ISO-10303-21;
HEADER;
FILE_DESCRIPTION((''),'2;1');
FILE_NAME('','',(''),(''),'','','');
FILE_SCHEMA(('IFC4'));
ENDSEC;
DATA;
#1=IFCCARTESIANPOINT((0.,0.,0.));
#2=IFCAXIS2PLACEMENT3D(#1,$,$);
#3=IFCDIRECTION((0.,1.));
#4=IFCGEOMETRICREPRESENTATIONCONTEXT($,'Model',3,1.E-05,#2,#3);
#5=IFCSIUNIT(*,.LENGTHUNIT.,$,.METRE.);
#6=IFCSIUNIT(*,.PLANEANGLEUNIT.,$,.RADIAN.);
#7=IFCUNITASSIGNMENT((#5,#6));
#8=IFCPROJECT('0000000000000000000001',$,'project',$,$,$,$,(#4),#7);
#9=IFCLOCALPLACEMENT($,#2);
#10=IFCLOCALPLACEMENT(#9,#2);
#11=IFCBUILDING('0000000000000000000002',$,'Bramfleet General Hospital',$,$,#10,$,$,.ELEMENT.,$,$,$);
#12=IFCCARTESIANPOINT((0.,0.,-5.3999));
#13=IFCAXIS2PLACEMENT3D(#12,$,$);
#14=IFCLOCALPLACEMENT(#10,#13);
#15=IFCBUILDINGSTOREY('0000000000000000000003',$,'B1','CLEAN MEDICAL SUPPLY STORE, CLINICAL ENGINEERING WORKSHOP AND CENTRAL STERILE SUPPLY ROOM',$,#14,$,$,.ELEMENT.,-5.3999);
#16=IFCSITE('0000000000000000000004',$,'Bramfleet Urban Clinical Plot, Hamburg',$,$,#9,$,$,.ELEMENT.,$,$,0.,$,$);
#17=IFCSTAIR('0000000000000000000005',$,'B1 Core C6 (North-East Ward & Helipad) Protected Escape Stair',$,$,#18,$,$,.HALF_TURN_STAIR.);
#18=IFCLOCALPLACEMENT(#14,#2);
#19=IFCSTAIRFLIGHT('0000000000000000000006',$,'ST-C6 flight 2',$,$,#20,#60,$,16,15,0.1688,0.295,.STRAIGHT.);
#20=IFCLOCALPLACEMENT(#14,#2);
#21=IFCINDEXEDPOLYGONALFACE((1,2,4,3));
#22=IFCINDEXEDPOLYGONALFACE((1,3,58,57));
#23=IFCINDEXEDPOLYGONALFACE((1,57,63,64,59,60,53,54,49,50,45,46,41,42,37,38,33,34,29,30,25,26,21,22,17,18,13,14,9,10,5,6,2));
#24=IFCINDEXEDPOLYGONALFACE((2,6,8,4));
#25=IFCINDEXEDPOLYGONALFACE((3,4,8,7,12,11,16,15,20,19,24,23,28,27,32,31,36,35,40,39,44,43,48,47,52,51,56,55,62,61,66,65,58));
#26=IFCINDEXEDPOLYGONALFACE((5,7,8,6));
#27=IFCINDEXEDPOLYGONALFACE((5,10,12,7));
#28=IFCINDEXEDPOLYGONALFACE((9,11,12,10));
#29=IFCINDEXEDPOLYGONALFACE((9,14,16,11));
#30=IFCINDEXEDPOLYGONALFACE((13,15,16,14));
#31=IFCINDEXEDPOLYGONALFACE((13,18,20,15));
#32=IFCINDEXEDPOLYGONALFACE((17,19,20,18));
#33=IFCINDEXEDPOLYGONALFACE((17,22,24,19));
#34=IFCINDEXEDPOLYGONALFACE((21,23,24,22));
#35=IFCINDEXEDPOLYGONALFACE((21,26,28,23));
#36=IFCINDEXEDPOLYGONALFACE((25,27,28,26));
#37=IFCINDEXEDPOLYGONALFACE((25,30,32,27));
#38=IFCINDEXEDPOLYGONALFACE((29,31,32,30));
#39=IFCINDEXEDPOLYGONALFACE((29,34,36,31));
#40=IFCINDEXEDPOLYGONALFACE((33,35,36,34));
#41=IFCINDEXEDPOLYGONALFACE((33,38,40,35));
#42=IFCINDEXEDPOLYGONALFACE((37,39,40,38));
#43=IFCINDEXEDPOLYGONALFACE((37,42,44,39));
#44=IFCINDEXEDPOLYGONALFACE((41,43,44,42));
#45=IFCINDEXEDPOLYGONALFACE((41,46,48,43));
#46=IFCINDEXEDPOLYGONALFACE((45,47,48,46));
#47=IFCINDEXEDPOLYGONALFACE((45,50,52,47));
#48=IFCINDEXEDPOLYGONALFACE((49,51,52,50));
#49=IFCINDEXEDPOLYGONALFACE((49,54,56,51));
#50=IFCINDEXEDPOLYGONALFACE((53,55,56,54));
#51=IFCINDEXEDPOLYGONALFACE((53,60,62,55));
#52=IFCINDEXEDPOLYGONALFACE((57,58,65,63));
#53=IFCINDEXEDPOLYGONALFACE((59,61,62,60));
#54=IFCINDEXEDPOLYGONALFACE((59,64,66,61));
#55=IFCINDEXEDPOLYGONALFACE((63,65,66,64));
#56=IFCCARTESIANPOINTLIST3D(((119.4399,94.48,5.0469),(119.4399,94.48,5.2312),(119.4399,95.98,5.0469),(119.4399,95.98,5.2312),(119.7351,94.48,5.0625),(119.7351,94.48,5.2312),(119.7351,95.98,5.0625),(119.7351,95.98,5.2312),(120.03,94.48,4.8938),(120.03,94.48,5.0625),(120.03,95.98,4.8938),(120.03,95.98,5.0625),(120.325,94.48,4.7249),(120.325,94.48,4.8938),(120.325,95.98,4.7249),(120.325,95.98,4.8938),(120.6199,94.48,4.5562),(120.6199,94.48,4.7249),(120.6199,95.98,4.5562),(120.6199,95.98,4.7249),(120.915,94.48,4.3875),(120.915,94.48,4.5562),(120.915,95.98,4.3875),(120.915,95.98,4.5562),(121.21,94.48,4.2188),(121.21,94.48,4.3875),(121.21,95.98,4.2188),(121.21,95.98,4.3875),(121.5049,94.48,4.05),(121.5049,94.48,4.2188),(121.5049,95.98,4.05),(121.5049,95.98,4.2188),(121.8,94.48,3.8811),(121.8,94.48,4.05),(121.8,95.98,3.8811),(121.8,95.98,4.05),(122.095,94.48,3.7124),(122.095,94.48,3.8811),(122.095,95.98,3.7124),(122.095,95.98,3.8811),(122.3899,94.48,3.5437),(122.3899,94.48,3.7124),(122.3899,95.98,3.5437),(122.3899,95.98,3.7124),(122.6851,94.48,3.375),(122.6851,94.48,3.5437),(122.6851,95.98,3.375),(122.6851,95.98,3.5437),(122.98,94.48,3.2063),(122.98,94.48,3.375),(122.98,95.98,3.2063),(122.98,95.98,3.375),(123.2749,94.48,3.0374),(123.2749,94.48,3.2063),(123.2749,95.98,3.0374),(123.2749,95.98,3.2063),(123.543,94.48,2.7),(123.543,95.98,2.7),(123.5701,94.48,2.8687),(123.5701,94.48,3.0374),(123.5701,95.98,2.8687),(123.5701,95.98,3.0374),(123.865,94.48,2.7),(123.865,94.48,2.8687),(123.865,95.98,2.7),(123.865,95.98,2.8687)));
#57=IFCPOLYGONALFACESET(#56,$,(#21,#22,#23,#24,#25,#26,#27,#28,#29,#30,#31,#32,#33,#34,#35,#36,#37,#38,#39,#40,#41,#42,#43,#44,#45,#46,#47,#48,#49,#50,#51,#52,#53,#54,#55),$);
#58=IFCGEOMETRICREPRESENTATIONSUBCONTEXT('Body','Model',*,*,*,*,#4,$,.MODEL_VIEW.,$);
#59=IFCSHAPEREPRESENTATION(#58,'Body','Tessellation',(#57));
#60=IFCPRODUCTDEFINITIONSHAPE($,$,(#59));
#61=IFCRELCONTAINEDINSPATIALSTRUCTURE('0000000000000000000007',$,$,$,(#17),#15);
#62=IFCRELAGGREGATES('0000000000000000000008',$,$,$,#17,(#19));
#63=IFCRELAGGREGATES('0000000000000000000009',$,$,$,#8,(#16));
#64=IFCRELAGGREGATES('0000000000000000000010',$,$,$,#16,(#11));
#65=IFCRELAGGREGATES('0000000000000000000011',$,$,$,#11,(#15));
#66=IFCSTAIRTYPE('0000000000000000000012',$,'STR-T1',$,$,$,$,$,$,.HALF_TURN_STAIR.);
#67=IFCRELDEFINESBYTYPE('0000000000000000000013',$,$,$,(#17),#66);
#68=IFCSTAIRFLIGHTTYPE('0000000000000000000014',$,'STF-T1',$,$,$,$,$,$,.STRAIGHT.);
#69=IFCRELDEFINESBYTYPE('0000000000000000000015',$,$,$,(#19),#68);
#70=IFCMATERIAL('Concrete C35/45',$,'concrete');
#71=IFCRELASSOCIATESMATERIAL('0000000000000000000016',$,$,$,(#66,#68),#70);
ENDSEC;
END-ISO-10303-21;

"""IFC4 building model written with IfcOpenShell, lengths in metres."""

from ifc_helpers import new_model, si_unit, direction, frame, origin, place, context, subcontext, project, spatial, polyline, outline, extrude, material, type_object, element, aggregate, save


model = new_model("IFC4")

# Units and contexts
model_context = context("Model", 3, precision=1e-05, world=origin(), true_north=direction((0.0, 1.0)))
body_context = subcontext(model_context, "Body", "Model", "MODEL_VIEW")
ifc_project = project(units=[si_unit("LENGTHUNIT", "METRE"), si_unit("PLANEANGLEUNIT", "RADIAN")], contexts=[model_context])

# Site, building, storey
site_placement = place(None, origin())
site = spatial("IfcSite", under=ifc_project, at=site_placement, Name="Bramfleet Urban Clinical Plot, Hamburg", CompositionType="ELEMENT", RefElevation=0.0)
building_placement = place(site_placement, origin())
building = spatial("IfcBuilding", under=site, at=building_placement, Name="Bramfleet General Hospital", CompositionType="ELEMENT")
storey_placement = place(building_placement, frame((0.0, 0.0, -5.3999)))
storey = spatial("IfcBuildingStorey", under=building, at=storey_placement, Name="B1", Description="CLEAN MEDICAL SUPPLY STORE, CLINICAL ENGINEERING WORKSHOP AND CENTRAL STERILE SUPPLY ROOM", CompositionType="ELEMENT", Elevation=-5.3999)

# Shared definitions
ifc_material_1 = material(Name="Concrete C35/45", Category="concrete")

# Stair, stair flight
stair_type = type_object("IfcStairType", Name="STR-T1", PredefinedType="HALF_TURN_STAIR", material=ifc_material_1)
stair_placement = place(storey_placement, origin())
stair = element("IfcStair", 1, at=stair_placement, inside=storey, type_object=stair_type, Name="B1 Core C6 (North-East Ward & Helipad) Protected Escape Stair", PredefinedType="HALF_TURN_STAIR")
stair_flight_type = type_object("IfcStairFlightType", Name="STF-T1", PredefinedType="STRAIGHT", material=ifc_material_1)
stair_flight_1_placement = place(storey_placement, frame((123.865, 95.23, 2.7), z_axis=(0.0, 0.0, 1.0), x_axis=(-1.0, 0.0, 0.0)))
stair_flight_1 = element("IfcStairFlight", 2, at=stair_flight_1_placement, type_object=stair_flight_type, Name="ST-C6 flight 2", NumberOfRisers=16, NumberOfTreads=15, PredefinedType="STRAIGHT", RiserHeight=0.1688, TreadLength=0.295, context=body_context, shape_type="SweptSolid", body=[
    extrude(outline(polyline([(0.0, 0.0), (0.0, 0.1687), (0.2949, 0.1687), (0.2949, 0.3374), (0.5901, 0.3374), (0.5901, 0.5063), (0.885, 0.5063), (0.885, 0.675), (1.1799, 0.675), (1.1799, 0.8438), (1.4751, 0.8438), (1.4751, 1.0125), (1.77, 1.0125), (1.77, 1.1812), (2.0649, 1.1812), (2.0649, 1.3501), (2.3601, 1.3501), (2.3601, 1.5188), (2.655, 1.5188), (2.655, 1.6875), (2.95, 1.6875), (2.95, 1.8562), (3.2451, 1.8562), (3.2451, 2.0249), (3.54, 2.0249), (3.54, 2.1938), (3.835, 2.1938), (3.835, 2.3625), (4.1299, 2.3625), (4.1299, 2.5312), (4.425, 2.5312), (4.425, 2.7), (4.425, 2.3469), (0.322, 0.0), (0.0, 0.0)])), frame((0.0, 0.75, 0.0), z_axis=(0.0, -1.0, 0.0), x_axis=(1.0, 0.0, 0.0)), (0.0, 0.0, 1.0), 1.5),
])
aggregate(stair, [stair_flight_1])

save(model, "model.ifc")
